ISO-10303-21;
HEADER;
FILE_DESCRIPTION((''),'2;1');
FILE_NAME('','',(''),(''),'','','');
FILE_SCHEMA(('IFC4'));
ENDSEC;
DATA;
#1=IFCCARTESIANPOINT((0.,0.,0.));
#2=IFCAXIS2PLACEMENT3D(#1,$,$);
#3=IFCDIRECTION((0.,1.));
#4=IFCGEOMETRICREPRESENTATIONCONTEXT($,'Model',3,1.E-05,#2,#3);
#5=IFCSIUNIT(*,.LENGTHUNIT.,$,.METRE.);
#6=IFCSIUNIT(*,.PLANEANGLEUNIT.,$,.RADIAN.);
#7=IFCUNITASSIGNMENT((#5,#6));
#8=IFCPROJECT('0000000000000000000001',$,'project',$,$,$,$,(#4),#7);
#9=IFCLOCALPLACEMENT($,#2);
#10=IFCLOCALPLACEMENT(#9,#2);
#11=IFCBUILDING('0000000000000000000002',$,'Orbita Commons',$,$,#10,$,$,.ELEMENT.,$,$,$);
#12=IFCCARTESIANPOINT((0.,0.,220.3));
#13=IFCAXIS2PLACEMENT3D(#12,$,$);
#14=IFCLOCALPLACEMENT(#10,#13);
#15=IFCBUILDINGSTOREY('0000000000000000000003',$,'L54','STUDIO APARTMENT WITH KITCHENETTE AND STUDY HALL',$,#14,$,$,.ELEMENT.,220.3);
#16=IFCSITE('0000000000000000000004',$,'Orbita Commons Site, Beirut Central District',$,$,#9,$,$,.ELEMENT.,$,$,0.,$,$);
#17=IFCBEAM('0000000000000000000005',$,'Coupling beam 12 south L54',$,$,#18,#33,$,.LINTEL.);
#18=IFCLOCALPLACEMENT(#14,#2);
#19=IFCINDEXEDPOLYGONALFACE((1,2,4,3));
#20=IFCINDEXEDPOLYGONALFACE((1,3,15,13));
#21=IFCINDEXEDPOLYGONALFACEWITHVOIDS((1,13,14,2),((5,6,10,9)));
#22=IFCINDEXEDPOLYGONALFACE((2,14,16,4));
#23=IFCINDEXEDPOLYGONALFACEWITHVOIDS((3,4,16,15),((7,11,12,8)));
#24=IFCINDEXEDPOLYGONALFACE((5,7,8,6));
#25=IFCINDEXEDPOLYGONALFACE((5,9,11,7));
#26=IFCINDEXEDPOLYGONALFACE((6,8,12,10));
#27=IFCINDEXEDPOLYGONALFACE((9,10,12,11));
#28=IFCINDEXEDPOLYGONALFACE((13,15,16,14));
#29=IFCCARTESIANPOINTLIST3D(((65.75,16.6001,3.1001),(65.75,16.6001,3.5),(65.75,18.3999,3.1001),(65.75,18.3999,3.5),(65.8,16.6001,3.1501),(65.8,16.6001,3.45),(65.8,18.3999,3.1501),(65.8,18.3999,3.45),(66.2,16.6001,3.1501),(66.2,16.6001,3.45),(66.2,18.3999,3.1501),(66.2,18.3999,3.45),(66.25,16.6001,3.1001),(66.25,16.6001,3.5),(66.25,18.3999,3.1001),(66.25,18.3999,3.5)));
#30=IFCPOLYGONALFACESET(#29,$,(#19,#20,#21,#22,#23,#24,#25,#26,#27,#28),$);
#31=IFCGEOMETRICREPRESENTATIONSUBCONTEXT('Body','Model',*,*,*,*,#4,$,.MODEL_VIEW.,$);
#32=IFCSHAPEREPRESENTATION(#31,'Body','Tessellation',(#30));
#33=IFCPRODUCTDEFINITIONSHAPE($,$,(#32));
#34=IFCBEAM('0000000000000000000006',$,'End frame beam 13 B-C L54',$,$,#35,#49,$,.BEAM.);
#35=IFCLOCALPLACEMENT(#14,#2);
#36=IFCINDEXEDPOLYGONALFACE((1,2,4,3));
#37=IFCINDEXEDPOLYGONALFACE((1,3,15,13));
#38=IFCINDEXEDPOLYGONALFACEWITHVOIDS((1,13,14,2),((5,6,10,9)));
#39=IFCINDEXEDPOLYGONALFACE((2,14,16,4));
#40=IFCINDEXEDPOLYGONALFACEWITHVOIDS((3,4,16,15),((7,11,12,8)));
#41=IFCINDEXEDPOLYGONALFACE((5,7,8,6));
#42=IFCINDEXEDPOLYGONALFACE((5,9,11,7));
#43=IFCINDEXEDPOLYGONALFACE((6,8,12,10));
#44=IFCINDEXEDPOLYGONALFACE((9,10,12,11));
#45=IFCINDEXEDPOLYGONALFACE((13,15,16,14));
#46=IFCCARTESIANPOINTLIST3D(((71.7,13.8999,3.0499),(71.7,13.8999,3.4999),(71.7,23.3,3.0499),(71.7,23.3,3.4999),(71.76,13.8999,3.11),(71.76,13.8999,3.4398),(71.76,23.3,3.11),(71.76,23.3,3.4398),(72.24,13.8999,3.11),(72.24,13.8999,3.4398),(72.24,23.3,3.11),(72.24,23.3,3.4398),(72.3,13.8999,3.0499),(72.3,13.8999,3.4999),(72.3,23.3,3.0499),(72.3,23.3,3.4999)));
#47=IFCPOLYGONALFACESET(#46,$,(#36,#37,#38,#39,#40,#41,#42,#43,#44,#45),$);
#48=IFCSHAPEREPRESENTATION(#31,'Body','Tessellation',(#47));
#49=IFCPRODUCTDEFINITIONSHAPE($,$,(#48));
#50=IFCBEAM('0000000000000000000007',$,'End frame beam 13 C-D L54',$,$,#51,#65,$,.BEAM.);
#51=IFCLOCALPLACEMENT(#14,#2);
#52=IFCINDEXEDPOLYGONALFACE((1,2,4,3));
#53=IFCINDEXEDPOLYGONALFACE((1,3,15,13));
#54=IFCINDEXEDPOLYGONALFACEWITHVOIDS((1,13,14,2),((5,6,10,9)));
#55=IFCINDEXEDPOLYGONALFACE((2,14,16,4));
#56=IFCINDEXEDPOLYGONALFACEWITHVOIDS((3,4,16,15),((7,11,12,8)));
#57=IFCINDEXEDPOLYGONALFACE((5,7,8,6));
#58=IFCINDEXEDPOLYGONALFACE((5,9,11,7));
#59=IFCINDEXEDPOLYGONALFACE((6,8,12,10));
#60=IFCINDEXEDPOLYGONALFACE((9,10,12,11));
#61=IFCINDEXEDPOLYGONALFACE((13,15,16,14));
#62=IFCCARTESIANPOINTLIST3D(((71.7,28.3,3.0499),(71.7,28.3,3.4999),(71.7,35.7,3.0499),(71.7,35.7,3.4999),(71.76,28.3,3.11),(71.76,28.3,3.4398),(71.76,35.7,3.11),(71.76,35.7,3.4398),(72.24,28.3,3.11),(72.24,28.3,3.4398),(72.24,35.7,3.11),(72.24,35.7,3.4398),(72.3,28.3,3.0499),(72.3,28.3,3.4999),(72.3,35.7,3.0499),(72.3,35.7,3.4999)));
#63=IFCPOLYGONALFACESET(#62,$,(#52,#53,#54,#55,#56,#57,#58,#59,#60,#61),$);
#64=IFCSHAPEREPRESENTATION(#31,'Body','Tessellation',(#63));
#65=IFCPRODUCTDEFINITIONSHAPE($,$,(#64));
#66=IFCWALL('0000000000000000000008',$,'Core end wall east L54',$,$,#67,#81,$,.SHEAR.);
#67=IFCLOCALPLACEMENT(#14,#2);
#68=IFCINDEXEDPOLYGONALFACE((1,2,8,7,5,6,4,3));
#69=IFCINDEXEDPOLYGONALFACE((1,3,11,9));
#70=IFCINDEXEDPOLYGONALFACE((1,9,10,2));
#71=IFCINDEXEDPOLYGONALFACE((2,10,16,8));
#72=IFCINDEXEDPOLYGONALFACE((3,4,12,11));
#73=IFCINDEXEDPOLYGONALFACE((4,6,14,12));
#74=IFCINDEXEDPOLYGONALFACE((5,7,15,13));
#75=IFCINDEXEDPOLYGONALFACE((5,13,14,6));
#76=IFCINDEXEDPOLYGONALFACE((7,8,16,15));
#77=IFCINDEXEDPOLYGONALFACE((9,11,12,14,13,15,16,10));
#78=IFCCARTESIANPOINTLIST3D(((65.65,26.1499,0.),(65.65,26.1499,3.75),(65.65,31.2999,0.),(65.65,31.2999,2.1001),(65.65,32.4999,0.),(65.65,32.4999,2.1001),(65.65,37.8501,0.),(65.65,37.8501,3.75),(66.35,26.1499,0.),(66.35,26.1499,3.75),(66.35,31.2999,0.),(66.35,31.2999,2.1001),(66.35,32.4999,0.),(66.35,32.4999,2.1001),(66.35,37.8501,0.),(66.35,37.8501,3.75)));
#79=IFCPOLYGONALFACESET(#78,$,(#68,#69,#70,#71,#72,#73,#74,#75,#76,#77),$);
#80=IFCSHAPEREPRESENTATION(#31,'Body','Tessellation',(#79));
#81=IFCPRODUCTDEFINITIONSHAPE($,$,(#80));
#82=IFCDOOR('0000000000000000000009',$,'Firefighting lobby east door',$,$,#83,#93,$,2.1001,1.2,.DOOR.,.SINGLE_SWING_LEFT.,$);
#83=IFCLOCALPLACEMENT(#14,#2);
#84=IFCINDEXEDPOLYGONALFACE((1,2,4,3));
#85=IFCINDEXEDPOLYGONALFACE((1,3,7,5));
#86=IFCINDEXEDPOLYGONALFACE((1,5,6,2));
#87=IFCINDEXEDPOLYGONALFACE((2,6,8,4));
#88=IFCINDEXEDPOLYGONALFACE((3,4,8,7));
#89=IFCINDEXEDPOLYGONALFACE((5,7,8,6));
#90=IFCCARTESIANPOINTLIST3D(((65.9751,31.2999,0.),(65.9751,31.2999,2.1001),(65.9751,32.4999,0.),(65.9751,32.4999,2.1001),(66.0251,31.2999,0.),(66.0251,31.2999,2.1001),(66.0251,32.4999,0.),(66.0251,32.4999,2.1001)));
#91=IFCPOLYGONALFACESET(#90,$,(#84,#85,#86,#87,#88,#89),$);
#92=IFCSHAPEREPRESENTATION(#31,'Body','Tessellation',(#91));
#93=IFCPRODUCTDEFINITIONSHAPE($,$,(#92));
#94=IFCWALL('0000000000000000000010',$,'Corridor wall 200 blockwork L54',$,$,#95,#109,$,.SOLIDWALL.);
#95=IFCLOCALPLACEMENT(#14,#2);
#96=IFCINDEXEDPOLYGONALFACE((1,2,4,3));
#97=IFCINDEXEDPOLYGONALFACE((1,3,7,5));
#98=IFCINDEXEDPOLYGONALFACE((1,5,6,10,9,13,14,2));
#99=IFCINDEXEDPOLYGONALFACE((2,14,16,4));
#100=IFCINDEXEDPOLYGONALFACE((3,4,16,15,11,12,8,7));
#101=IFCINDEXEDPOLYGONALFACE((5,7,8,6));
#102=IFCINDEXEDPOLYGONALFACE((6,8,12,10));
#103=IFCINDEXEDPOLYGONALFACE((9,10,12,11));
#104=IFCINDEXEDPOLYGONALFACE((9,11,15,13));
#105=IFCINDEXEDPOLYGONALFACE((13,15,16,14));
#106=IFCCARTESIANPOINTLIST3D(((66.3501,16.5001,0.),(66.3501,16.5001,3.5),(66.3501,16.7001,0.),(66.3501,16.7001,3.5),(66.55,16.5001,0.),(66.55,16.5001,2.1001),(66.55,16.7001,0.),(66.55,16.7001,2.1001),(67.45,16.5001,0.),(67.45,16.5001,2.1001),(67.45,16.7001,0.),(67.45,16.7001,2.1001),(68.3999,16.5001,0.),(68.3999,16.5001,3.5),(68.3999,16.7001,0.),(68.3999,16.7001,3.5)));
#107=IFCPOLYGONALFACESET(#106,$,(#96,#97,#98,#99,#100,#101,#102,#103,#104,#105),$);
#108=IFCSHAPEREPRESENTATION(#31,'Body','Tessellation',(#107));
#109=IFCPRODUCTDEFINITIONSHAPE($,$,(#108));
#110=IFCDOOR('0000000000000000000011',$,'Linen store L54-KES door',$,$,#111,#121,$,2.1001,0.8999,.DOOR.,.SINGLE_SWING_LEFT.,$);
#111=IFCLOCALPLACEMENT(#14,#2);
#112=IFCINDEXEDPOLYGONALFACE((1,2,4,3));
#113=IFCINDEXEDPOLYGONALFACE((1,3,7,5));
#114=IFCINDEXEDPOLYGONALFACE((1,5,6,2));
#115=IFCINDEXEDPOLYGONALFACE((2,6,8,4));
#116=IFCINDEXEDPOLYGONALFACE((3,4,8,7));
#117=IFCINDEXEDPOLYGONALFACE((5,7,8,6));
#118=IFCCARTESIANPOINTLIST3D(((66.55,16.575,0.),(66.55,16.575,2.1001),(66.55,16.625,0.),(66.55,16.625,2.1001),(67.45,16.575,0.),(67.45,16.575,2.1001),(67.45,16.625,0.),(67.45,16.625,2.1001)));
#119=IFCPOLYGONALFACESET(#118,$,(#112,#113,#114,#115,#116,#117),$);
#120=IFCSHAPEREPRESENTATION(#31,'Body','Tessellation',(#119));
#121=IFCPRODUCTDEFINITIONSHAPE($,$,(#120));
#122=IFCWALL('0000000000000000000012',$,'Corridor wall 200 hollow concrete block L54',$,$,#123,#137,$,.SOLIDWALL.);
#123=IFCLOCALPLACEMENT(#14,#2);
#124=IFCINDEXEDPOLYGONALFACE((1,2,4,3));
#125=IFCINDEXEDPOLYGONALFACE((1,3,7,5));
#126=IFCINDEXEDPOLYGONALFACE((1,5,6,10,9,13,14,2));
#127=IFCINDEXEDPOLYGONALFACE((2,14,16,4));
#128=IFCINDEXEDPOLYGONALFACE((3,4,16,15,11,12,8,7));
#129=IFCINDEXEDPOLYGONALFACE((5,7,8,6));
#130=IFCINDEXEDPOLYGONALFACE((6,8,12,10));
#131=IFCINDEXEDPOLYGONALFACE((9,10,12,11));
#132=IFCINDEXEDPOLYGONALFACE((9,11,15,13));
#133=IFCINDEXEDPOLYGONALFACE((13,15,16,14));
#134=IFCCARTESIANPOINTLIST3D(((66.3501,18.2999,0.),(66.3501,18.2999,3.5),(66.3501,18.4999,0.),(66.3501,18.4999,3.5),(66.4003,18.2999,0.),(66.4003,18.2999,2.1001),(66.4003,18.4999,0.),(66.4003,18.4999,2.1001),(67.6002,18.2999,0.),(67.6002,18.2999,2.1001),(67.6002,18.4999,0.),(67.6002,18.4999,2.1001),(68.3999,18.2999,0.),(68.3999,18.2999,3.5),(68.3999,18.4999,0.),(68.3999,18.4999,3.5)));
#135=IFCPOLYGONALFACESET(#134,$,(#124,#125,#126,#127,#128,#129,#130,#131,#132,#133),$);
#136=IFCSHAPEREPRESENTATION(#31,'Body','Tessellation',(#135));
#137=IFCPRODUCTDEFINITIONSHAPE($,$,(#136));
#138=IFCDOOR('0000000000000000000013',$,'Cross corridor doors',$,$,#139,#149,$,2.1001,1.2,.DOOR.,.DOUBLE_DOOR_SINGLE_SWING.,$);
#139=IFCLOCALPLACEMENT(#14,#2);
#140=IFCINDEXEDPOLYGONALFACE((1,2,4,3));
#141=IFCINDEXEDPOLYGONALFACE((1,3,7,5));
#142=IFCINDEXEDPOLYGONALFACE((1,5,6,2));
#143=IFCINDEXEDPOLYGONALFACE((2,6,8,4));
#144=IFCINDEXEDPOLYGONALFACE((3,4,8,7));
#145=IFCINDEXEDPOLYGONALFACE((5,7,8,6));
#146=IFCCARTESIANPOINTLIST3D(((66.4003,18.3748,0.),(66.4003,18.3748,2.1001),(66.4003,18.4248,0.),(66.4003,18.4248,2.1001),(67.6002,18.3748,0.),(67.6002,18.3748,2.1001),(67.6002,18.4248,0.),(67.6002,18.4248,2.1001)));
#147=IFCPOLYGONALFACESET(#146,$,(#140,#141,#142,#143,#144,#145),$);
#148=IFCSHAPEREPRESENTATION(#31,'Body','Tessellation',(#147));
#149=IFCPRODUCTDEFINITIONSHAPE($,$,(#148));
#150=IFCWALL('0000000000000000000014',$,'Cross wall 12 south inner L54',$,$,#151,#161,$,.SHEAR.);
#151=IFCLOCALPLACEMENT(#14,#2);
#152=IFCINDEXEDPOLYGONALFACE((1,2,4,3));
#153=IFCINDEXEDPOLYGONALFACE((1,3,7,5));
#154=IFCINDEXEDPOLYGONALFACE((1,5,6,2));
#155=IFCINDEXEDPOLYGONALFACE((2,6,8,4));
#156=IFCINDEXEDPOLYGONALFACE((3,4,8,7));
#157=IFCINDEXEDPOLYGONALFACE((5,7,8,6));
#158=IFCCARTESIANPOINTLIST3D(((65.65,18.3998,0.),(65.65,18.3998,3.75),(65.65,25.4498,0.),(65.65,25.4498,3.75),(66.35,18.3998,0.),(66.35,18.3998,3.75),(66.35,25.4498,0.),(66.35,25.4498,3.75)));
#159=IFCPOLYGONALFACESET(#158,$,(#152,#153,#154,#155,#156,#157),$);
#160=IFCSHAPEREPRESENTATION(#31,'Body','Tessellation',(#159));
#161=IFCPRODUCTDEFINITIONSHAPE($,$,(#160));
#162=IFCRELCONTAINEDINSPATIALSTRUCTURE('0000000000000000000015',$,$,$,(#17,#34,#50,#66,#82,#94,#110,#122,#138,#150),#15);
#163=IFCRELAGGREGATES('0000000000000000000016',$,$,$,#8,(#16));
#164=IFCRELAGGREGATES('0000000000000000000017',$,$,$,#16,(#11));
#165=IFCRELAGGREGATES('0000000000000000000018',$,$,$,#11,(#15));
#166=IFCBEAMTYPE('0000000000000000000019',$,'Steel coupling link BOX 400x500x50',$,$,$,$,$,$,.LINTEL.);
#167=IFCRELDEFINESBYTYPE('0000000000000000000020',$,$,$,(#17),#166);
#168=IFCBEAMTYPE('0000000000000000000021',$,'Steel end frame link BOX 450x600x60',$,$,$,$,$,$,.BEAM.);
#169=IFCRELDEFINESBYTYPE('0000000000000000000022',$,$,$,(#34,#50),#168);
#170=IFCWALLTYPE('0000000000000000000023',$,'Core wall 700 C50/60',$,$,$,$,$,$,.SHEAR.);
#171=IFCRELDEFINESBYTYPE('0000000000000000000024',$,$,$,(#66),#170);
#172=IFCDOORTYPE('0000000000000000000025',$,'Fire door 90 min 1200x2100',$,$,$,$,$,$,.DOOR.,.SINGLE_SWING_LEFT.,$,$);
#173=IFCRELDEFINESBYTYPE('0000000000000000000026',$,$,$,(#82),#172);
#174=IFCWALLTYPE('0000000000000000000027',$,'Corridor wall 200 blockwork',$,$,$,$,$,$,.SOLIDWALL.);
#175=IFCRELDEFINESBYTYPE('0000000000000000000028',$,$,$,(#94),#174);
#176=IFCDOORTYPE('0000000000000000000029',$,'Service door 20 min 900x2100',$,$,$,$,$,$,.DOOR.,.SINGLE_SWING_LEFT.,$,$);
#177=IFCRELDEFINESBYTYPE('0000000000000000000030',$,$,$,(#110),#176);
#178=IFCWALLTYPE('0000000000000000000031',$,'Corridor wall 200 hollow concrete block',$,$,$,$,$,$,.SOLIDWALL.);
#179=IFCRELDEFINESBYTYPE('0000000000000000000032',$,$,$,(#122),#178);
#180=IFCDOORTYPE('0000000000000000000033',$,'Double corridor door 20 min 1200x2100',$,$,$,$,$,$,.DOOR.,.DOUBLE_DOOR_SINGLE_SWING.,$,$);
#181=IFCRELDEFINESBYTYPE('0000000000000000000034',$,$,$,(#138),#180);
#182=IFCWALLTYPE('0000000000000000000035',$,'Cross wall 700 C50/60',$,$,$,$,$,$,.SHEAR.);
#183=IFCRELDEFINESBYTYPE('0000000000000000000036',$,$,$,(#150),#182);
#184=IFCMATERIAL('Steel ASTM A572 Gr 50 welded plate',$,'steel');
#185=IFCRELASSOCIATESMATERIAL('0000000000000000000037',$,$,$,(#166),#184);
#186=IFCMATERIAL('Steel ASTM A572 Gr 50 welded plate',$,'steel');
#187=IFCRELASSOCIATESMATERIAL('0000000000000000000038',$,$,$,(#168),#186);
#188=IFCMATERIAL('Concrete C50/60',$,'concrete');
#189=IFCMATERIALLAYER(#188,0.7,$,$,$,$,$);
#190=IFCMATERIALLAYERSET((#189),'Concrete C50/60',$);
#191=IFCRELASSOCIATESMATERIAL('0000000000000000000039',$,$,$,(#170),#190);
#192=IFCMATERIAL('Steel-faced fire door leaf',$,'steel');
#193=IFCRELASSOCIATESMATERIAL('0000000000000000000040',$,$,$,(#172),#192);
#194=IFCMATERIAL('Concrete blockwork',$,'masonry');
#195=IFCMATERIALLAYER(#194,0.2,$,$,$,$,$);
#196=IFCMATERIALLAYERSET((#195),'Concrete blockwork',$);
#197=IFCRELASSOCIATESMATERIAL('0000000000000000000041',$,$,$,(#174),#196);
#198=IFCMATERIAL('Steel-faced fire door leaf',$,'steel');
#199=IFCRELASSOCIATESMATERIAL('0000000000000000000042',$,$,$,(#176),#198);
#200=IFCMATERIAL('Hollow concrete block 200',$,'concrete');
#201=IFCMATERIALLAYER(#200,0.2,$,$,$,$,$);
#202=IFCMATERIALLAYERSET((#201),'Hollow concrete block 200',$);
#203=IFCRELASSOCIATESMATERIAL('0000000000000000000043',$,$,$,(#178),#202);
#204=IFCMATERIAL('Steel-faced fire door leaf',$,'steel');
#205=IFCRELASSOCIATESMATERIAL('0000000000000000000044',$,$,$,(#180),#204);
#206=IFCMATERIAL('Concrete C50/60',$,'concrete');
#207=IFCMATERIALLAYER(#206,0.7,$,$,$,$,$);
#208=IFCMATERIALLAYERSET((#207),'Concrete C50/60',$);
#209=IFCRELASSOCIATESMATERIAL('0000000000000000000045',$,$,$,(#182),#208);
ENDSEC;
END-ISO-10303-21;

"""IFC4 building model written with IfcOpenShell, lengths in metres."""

from ifc_helpers import new_model, si_unit, direction, frame, frame_2d, origin, origin_2d, place, context, subcontext, project, spatial, rectangle, hollow_rectangle, extrude, material, layer, layer_set, material_profile, profile_set, type_object, element, fill, save


model = new_model("IFC4")

# Units and contexts
model_context = context("Model", 3, precision=1e-05, world=origin(), true_north=direction((0.0, 1.0)))
body_context = subcontext(model_context, "Body", "Model", "MODEL_VIEW")
ifc_project = project(units=[si_unit("LENGTHUNIT", "METRE"), si_unit("PLANEANGLEUNIT", "RADIAN")], contexts=[model_context])

# Site, building, storey
site_placement = place(None, origin())
site = spatial("IfcSite", under=ifc_project, at=site_placement, Name="Orbita Commons Site, Beirut Central District", CompositionType="ELEMENT", RefElevation=0.0)
building_placement = place(site_placement, origin())
building = spatial("IfcBuilding", under=site, at=building_placement, Name="Orbita Commons", CompositionType="ELEMENT")
storey_placement = place(building_placement, frame((0.0, 0.0, 220.3)))
storey = spatial("IfcBuildingStorey", under=building, at=storey_placement, Name="L54", Description="STUDIO APARTMENT WITH KITCHENETTE AND STUDY HALL", CompositionType="ELEMENT", Elevation=220.3)

# Beams
ifc_material_1 = material(Name="Steel ASTM A572 Gr 50 welded plate", Category="steel")
ifc_material_profile_1 = material_profile(ifc_material_1, hollow_rectangle(XDim=0.5, YDim=0.3999, WallThickness=0.05, at=origin_2d()), Name="BOX 400x500x50")
ifc_profile_set_1 = profile_set([ifc_material_profile_1], Name="Steel ASTM A572 Gr 50 welded plate")
beam_type_1 = type_object("IfcBeamType", Name="Steel coupling link BOX 400x500x50", PredefinedType="LINTEL", material=ifc_profile_set_1)
beam_1_placement = place(storey_placement, frame((66.0, 16.6001, 3.3), z_axis=(0.0, 1.0, 0.0), x_axis=(-1.0, 0.0, 0.0)))
element("IfcBeam", 1, at=beam_1_placement, inside=storey, type_object=beam_type_1, Name="Coupling beam 12 south L54", PredefinedType="LINTEL", context=body_context, shape_type="SweptSolid", body=[
    extrude(hollow_rectangle(XDim=0.5, YDim=0.3999, WallThickness=0.05, at=origin_2d()), origin(), (0.0, 0.0, 1.0), 1.7998),
])
ifc_material_2 = material(Name="Steel ASTM A572 Gr 50 welded plate", Category="steel")
ifc_material_profile_2 = material_profile(ifc_material_2, hollow_rectangle(XDim=0.6001, YDim=0.45, WallThickness=0.0601, at=origin_2d()), Name="BOX 450x600x60")
ifc_profile_set_2 = profile_set([ifc_material_profile_2], Name="Steel ASTM A572 Gr 50 welded plate")
beam_type_2 = type_object("IfcBeamType", Name="Steel end frame link BOX 450x600x60", PredefinedType="BEAM", material=ifc_profile_set_2)
beam_2_placement = place(storey_placement, frame((72.0, 13.8999, 3.2749), z_axis=(0.0, 1.0, 0.0), x_axis=(-1.0, 0.0, 0.0)))
element("IfcBeam", 2, at=beam_2_placement, inside=storey, type_object=beam_type_2, Name="End frame beam 13 B-C L54", PredefinedType="BEAM", context=body_context, shape_type="SweptSolid", body=[
    extrude(hollow_rectangle(XDim=0.6001, YDim=0.45, WallThickness=0.0601, at=origin_2d()), origin(), (0.0, 0.0, 1.0), 9.4001),
])
beam_3_placement = place(storey_placement, frame((72.0, 28.3, 3.2749), z_axis=(0.0, 1.0, 0.0), x_axis=(-1.0, 0.0, 0.0)))
element("IfcBeam", 3, at=beam_3_placement, inside=storey, type_object=beam_type_2, Name="End frame beam 13 C-D L54", PredefinedType="BEAM", context=body_context, shape_type="SweptSolid", body=[
    extrude(hollow_rectangle(XDim=0.6001, YDim=0.45, WallThickness=0.0601, at=origin_2d()), origin(), (0.0, 0.0, 1.0), 7.3999),
])

# Walls, openings, doors
ifc_material_3 = material(Name="Concrete C50/60", Category="concrete")
ifc_layer_1 = layer(ifc_material_3, 0.7)
ifc_layer_set_1 = layer_set([ifc_layer_1], Name="Concrete C50/60")
wall_type_1 = type_object("IfcWallType", Name="Core wall 700 C50/60", PredefinedType="SHEAR", material=ifc_layer_set_1)
wall_1_placement = place(storey_placement, frame((66.0, 26.1499, 0.0), z_axis=(0.0, 0.0, 1.0), x_axis=(0.0, 1.0, 0.0)))
wall_1 = element("IfcWall", 4, at=wall_1_placement, inside=storey, type_object=wall_type_1, Name="Core end wall east L54", PredefinedType="SHEAR", context=body_context, shape_type="SweptSolid", body=[
    extrude(rectangle(XDim=11.7002, YDim=0.7, at=frame_2d((5.8501, 0.0))), origin(), (0.0, 0.0, 1.0), 3.75),
])
opening_1_placement = place(wall_1_placement, frame((5.1499, 0.0, 0.0)))
opening_1 = element("IfcOpeningElement", 5, at=opening_1_placement, cuts=wall_1, PredefinedType="OPENING", context=body_context, shape_type="SweptSolid", body=[
    extrude(rectangle(XDim=1.2, YDim=2.1001, at=frame_2d((0.6001, 1.05))), frame((0.0, 0.3599, 0.0), z_axis=(0.0, -1.0, 0.0), x_axis=(1.0, 0.0, 0.0)), (0.0, 0.0, 1.0), 0.72),
])
ifc_material_4 = material(Name="Steel-faced fire door leaf", Category="steel")
door_type_1 = type_object("IfcDoorType", Name="Fire door 90 min 1200x2100", OperationType="SINGLE_SWING_LEFT", PredefinedType="DOOR", material=ifc_material_4)
door_1_placement = place(opening_1_placement, origin())
door_1 = element("IfcDoor", 6, at=door_1_placement, inside=storey, type_object=door_type_1, Name="Firefighting lobby east door", OperationType="SINGLE_SWING_LEFT", OverallHeight=2.1001, OverallWidth=1.2, PredefinedType="DOOR", context=body_context, shape_type="SweptSolid", body=[
    extrude(rectangle(XDim=1.2, YDim=2.1001, at=frame_2d((0.6001, 1.05))), frame((0.0, 0.0249, 0.0), z_axis=(0.0, -1.0, 0.0), x_axis=(1.0, 0.0, 0.0)), (0.0, 0.0, 1.0), 0.05),
])
fill(opening_1, door_1)
ifc_material_5 = material(Name="Concrete blockwork", Category="masonry")
ifc_layer_2 = layer(ifc_material_5, 0.2)
ifc_layer_set_2 = layer_set([ifc_layer_2], Name="Concrete blockwork")
wall_type_2 = type_object("IfcWallType", Name="Corridor wall 200 blockwork", PredefinedType="SOLIDWALL", material=ifc_layer_set_2)
wall_2_placement = place(storey_placement, frame((66.3501, 16.6001, 0.0), z_axis=(0.0, 0.0, 1.0), x_axis=(1.0, 0.0, 0.0)))
wall_2 = element("IfcWall", 7, at=wall_2_placement, inside=storey, type_object=wall_type_2, Name="Corridor wall 200 blockwork L54", PredefinedType="SOLIDWALL", context=body_context, shape_type="SweptSolid", body=[
    extrude(rectangle(XDim=2.0498, YDim=0.2, at=frame_2d((1.0249, 0.0))), origin(), (0.0, 0.0, 1.0), 3.5),
])
opening_2_placement = place(wall_2_placement, frame((0.2, 0.0, 0.0)))
opening_2 = element("IfcOpeningElement", 8, at=opening_2_placement, cuts=wall_2, PredefinedType="OPENING", context=body_context, shape_type="SweptSolid", body=[
    extrude(rectangle(XDim=0.8999, YDim=2.1001, at=frame_2d((0.45, 1.05))), frame((0.0, 0.1099, 0.0), z_axis=(0.0, -1.0, 0.0), x_axis=(1.0, 0.0, 0.0)), (0.0, 0.0, 1.0), 0.22),
])
ifc_material_6 = material(Name="Steel-faced fire door leaf", Category="steel")
door_type_2 = type_object("IfcDoorType", Name="Service door 20 min 900x2100", OperationType="SINGLE_SWING_LEFT", PredefinedType="DOOR", material=ifc_material_6)
door_2_placement = place(opening_2_placement, origin())
door_2 = element("IfcDoor", 9, at=door_2_placement, inside=storey, type_object=door_type_2, Name="Linen store L54-KES door", OperationType="SINGLE_SWING_LEFT", OverallHeight=2.1001, OverallWidth=0.8999, PredefinedType="DOOR", context=body_context, shape_type="SweptSolid", body=[
    extrude(rectangle(XDim=0.8999, YDim=2.1001, at=frame_2d((0.45, 1.05))), frame((0.0, 0.0249, 0.0), z_axis=(0.0, -1.0, 0.0), x_axis=(1.0, 0.0, 0.0)), (0.0, 0.0, 1.0), 0.05),
])
fill(opening_2, door_2)
ifc_material_7 = material(Name="Hollow concrete block 200", Category="concrete")
ifc_layer_3 = layer(ifc_material_7, 0.2)
ifc_layer_set_3 = layer_set([ifc_layer_3], Name="Hollow concrete block 200")
wall_type_3 = type_object("IfcWallType", Name="Corridor wall 200 hollow concrete block", PredefinedType="SOLIDWALL", material=ifc_layer_set_3)
wall_3_placement = place(storey_placement, frame((66.3501, 18.3999, 0.0), z_axis=(0.0, 0.0, 1.0), x_axis=(1.0, 0.0, 0.0)))
wall_3 = element("IfcWall", 10, at=wall_3_placement, inside=storey, type_object=wall_type_3, Name="Corridor wall 200 hollow concrete block L54", PredefinedType="SOLIDWALL", context=body_context, shape_type="SweptSolid", body=[
    extrude(rectangle(XDim=2.0498, YDim=0.2, at=frame_2d((1.0249, 0.0))), origin(), (0.0, 0.0, 1.0), 3.5),
])
opening_3_placement = place(wall_3_placement, frame((0.05, 0.0, 0.0)))
opening_3 = element("IfcOpeningElement", 11, at=opening_3_placement, cuts=wall_3, PredefinedType="OPENING", context=body_context, shape_type="SweptSolid", body=[
    extrude(rectangle(XDim=1.2, YDim=2.1001, at=frame_2d((0.6001, 1.05))), frame((0.0, 0.1099, 0.0), z_axis=(0.0, -1.0, 0.0), x_axis=(1.0, 0.0, 0.0)), (0.0, 0.0, 1.0), 0.22),
])
ifc_material_8 = material(Name="Steel-faced fire door leaf", Category="steel")
door_type_3 = type_object("IfcDoorType", Name="Double corridor door 20 min 1200x2100", OperationType="DOUBLE_DOOR_SINGLE_SWING", PredefinedType="DOOR", material=ifc_material_8)
door_3_placement = place(opening_3_placement, origin())
door_3 = element("IfcDoor", 12, at=door_3_placement, inside=storey, type_object=door_type_3, Name="Cross corridor doors", OperationType="DOUBLE_DOOR_SINGLE_SWING", OverallHeight=2.1001, OverallWidth=1.2, PredefinedType="DOOR", context=body_context, shape_type="SweptSolid", body=[
    extrude(rectangle(XDim=1.2, YDim=2.1001, at=frame_2d((0.6001, 1.05))), frame((0.0, 0.0249, 0.0), z_axis=(0.0, -1.0, 0.0), x_axis=(1.0, 0.0, 0.0)), (0.0, 0.0, 1.0), 0.05),
])
fill(opening_3, door_3)

# Wall
ifc_material_9 = material(Name="Concrete C50/60", Category="concrete")
ifc_layer_4 = layer(ifc_material_9, 0.7)
ifc_layer_set_4 = layer_set([ifc_layer_4], Name="Concrete C50/60")
wall_type_4 = type_object("IfcWallType", Name="Cross wall 700 C50/60", PredefinedType="SHEAR", material=ifc_layer_set_4)
wall_4_placement = place(storey_placement, frame((66.0, 18.3999, 0.0), z_axis=(0.0, 0.0, 1.0), x_axis=(0.0, 1.0, 0.0)))
element("IfcWall", 13, at=wall_4_placement, inside=storey, type_object=wall_type_4, Name="Cross wall 12 south inner L54", PredefinedType="SHEAR", context=body_context, shape_type="SweptSolid", body=[
    extrude(rectangle(XDim=7.05, YDim=0.7, at=frame_2d((3.5249, 0.0))), origin(), (0.0, 0.0, 1.0), 3.75),
])

save(model, "model.ifc")
